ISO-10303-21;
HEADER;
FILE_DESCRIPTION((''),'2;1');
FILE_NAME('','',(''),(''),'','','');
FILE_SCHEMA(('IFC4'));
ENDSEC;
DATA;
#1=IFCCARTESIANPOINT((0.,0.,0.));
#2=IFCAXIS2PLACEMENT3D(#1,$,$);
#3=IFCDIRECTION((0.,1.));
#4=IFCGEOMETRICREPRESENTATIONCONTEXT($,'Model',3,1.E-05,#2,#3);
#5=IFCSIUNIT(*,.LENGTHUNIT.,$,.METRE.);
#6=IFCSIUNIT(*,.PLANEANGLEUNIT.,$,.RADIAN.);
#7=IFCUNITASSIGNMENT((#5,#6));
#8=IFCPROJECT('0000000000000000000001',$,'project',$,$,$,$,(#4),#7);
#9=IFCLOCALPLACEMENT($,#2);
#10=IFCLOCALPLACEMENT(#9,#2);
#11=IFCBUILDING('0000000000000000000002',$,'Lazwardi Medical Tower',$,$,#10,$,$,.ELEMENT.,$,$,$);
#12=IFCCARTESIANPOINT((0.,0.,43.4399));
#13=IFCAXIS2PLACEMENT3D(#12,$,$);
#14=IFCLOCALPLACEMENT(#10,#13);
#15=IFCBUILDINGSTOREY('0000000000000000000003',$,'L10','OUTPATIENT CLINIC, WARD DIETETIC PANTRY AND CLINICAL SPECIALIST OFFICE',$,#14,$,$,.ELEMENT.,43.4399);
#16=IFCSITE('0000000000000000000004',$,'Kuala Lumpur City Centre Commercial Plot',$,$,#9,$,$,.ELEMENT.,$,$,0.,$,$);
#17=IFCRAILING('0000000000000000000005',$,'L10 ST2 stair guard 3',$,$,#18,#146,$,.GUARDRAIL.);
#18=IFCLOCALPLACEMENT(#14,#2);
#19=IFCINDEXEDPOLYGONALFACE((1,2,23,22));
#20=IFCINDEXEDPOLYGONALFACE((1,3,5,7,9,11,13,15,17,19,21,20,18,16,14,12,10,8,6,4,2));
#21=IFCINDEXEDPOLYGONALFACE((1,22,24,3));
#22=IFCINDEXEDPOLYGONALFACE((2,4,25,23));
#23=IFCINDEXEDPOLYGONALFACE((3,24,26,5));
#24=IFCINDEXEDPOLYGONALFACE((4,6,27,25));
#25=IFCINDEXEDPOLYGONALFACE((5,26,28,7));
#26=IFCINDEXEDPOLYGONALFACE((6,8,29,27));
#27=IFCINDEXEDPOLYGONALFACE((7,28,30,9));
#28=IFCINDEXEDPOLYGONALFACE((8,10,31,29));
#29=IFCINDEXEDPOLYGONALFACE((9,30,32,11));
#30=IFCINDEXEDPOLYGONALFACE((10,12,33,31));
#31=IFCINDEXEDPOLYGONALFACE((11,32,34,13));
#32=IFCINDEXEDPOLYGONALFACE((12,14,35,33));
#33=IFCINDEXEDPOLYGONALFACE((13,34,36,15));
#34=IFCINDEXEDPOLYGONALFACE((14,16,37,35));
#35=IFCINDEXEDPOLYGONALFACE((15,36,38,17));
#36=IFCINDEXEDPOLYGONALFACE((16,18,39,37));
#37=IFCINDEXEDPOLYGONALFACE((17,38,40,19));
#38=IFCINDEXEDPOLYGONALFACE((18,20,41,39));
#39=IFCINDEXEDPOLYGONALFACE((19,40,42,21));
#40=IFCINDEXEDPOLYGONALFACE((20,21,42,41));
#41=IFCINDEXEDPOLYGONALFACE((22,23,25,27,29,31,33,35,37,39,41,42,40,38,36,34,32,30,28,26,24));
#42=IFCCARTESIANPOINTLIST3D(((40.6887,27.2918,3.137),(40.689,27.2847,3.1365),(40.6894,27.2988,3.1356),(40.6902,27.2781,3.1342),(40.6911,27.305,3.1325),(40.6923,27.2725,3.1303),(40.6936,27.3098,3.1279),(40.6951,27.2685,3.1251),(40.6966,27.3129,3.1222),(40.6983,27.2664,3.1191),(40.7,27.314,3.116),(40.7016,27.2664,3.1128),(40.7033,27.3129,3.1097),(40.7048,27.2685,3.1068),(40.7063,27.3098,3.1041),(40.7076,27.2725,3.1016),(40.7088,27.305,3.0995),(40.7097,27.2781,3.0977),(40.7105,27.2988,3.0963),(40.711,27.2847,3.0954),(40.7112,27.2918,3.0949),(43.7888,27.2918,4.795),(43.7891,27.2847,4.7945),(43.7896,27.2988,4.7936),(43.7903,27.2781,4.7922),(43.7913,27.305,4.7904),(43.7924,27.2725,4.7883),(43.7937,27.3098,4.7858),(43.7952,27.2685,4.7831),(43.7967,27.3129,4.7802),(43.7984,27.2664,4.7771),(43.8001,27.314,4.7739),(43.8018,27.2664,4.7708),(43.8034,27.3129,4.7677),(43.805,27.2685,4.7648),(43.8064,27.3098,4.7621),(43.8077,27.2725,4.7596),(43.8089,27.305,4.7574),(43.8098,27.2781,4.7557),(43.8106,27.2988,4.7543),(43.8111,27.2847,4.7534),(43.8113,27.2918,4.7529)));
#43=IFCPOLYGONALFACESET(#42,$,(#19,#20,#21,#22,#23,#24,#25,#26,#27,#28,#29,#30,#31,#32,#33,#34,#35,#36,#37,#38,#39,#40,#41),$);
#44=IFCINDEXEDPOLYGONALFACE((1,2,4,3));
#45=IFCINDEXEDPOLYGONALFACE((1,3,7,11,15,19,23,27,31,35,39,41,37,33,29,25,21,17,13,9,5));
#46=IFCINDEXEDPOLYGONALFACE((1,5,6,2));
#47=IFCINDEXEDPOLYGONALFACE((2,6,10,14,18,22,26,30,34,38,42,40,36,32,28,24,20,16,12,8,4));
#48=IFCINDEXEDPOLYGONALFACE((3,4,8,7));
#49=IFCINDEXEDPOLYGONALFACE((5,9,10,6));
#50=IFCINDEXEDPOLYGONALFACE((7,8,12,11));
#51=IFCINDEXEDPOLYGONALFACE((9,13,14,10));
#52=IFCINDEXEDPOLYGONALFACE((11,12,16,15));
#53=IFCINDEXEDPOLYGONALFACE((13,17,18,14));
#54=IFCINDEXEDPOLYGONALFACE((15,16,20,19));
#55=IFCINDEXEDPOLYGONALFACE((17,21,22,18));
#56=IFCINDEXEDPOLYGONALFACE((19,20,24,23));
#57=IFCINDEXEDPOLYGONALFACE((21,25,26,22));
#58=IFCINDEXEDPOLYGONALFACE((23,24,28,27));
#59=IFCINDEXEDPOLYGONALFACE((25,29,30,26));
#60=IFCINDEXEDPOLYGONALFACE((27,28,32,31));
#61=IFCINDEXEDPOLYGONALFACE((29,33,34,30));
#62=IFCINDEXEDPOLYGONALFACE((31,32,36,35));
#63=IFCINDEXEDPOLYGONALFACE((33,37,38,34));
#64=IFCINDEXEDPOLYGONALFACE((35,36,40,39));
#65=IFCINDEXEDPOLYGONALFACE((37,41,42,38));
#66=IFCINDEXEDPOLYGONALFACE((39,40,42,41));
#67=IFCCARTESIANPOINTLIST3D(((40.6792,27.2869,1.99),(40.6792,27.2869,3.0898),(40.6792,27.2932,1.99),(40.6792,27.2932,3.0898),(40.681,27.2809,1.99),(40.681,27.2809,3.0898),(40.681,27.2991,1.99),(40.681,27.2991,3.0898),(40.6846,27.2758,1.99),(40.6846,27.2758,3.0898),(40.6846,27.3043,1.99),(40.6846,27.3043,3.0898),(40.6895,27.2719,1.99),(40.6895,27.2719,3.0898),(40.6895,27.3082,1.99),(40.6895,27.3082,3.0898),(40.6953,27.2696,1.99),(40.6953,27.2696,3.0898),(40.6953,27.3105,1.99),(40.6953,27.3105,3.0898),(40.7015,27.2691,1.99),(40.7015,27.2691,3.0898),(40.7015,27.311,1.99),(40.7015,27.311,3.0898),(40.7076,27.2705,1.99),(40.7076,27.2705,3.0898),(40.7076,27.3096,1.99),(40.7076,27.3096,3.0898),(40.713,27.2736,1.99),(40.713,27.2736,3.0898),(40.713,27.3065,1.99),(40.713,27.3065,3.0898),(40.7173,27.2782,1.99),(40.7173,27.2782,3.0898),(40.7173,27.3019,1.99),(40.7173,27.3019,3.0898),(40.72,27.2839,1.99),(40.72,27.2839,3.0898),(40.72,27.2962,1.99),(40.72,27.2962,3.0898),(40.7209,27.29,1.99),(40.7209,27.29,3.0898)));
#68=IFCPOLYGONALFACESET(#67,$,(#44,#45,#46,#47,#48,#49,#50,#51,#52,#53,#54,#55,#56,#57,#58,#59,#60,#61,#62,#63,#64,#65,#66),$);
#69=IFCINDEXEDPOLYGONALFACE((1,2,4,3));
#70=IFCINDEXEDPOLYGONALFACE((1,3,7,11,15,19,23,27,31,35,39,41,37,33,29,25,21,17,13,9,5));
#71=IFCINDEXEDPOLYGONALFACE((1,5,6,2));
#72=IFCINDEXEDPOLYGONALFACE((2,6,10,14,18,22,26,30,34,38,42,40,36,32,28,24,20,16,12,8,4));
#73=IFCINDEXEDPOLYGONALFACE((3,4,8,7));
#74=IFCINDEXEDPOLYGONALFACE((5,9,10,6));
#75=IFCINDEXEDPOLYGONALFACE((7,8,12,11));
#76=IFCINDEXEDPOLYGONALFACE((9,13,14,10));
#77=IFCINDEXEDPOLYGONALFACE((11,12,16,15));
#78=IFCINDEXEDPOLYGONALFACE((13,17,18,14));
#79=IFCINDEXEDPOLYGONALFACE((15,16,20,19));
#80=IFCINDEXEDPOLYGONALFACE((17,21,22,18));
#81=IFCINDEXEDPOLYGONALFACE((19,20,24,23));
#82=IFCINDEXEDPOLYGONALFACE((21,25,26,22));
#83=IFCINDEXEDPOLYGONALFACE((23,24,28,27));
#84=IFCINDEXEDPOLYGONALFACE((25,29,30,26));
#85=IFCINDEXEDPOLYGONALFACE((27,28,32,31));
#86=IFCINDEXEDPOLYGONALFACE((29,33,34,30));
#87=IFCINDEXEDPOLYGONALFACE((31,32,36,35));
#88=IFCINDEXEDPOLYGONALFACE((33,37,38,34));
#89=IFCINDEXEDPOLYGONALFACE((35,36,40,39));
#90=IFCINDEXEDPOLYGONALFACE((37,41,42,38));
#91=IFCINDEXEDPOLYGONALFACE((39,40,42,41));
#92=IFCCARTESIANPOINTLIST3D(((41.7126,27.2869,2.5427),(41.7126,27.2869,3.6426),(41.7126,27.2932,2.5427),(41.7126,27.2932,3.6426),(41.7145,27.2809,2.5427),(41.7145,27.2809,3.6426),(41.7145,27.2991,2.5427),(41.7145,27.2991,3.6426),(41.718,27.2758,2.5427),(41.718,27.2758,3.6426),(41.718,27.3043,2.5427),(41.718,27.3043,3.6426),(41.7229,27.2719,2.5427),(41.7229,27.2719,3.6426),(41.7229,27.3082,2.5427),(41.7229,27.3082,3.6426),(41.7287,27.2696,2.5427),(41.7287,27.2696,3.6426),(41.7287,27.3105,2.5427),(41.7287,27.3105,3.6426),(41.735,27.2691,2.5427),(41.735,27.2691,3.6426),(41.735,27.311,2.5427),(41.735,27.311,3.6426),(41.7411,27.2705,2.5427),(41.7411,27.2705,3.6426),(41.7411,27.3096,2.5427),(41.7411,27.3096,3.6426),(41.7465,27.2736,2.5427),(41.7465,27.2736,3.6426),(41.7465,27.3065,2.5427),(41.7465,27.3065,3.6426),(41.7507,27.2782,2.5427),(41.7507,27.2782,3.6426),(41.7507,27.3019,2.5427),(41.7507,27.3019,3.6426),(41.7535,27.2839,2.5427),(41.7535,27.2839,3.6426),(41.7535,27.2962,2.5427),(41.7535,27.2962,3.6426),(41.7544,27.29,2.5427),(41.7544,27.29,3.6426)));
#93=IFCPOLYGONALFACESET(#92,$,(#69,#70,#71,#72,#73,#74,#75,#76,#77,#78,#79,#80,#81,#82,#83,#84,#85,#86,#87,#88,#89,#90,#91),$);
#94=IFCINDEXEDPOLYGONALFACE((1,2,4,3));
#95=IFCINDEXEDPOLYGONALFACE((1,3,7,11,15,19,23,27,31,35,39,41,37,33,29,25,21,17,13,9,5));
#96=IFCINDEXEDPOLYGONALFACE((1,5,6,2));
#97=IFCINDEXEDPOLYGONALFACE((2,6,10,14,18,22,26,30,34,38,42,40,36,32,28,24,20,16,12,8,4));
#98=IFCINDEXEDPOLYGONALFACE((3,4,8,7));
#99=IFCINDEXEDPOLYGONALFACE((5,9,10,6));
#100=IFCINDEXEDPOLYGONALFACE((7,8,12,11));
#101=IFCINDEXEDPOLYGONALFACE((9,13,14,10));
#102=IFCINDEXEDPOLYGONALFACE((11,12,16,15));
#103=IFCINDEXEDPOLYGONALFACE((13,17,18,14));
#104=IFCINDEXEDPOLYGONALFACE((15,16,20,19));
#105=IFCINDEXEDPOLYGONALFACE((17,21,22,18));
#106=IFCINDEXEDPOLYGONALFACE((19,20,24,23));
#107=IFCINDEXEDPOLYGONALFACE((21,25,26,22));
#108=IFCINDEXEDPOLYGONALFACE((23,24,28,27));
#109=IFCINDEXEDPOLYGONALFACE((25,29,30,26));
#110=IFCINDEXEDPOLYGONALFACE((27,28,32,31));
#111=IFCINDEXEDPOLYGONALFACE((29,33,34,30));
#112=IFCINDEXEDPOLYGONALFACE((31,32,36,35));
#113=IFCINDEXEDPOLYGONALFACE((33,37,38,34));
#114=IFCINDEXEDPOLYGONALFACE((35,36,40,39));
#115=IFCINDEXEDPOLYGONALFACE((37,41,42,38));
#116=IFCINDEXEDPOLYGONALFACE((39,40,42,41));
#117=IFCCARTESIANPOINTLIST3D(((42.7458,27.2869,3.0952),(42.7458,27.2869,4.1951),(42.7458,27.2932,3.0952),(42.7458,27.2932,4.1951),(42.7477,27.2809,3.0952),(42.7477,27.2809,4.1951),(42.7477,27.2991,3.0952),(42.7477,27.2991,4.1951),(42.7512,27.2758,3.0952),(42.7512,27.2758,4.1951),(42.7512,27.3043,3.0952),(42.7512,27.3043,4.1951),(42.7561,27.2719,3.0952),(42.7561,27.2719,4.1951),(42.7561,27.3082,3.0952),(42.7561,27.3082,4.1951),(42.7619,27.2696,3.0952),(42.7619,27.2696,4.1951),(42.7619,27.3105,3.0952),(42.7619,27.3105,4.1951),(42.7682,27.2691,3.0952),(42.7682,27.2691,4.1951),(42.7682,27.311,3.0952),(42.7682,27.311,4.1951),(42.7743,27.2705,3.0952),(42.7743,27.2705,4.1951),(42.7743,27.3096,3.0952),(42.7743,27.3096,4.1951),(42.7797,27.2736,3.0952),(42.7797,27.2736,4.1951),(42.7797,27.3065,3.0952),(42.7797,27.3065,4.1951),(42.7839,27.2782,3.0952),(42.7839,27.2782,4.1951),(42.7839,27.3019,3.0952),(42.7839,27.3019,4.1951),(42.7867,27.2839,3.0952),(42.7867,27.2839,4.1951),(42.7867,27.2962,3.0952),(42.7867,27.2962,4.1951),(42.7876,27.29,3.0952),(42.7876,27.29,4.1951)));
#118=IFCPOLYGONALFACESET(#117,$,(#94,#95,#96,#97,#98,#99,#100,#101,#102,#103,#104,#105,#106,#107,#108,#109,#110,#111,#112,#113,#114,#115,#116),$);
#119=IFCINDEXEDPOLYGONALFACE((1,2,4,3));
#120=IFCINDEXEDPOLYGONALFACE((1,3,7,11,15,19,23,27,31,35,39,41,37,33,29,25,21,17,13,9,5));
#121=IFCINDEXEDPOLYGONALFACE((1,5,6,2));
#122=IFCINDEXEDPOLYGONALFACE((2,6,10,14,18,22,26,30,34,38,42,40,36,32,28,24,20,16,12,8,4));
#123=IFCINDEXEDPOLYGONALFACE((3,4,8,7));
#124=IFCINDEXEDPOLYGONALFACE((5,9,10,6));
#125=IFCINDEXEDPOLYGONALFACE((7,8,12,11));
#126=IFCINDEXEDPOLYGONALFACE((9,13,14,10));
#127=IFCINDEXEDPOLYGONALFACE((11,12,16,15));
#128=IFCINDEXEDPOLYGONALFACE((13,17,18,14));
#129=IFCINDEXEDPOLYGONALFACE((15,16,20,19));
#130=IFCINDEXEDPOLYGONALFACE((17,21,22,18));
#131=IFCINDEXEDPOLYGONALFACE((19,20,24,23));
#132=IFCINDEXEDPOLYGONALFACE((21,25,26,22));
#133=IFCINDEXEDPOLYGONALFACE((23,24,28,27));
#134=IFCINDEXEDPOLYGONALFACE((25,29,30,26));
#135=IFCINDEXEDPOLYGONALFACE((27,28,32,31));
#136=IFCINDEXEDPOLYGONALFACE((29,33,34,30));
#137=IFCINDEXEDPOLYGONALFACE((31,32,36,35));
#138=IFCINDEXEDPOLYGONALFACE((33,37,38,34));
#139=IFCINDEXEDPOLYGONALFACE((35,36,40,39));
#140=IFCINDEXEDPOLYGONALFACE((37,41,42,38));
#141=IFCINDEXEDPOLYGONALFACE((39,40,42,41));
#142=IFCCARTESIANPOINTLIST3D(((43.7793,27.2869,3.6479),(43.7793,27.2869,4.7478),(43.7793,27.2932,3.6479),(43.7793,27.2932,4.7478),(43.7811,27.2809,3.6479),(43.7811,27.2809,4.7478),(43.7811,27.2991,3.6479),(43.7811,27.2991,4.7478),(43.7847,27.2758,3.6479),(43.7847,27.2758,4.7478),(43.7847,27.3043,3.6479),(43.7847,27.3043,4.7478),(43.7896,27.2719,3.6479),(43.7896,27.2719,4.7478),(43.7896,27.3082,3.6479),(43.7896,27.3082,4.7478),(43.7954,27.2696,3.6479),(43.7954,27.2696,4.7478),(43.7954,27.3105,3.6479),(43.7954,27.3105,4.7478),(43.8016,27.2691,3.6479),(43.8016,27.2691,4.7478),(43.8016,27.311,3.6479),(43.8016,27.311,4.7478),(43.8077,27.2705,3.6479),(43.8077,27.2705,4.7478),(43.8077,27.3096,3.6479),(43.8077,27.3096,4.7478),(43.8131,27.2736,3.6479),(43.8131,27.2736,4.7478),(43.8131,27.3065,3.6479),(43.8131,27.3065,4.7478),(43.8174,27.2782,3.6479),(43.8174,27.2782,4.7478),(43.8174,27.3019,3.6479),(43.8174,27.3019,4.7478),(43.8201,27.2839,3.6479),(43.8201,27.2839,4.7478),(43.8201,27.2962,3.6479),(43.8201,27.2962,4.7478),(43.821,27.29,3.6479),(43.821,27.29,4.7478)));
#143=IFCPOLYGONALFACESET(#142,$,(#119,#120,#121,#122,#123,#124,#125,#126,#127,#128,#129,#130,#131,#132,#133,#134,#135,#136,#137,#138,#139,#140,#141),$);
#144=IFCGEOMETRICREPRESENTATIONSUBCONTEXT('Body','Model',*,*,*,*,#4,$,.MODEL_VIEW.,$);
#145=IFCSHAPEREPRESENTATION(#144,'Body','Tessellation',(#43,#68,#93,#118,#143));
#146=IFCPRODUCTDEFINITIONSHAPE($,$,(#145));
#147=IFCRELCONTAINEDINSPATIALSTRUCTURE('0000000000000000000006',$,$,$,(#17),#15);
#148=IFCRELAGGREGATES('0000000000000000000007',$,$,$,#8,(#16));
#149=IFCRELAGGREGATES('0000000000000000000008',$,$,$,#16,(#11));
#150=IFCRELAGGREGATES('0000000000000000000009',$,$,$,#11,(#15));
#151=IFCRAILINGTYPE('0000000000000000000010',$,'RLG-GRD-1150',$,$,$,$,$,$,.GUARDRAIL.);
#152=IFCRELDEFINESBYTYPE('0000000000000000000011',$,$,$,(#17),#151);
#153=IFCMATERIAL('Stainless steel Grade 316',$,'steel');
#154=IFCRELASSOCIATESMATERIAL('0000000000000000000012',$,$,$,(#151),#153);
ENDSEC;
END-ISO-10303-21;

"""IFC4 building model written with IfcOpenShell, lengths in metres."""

from ifc_helpers import new_model, si_unit, direction, frame, origin, origin_2d, place, context, subcontext, project, spatial, circle, extrude, material, type_object, element, save


model = new_model("IFC4")

# Units and contexts
model_context = context("Model", 3, precision=1e-05, world=origin(), true_north=direction((0.0, 1.0)))
body_context = subcontext(model_context, "Body", "Model", "MODEL_VIEW")
ifc_project = project(units=[si_unit("LENGTHUNIT", "METRE"), si_unit("PLANEANGLEUNIT", "RADIAN")], contexts=[model_context])

# Site, building, storey
site_placement = place(None, origin())
site = spatial("IfcSite", under=ifc_project, at=site_placement, Name="Kuala Lumpur City Centre Commercial Plot", CompositionType="ELEMENT", RefElevation=0.0)
building_placement = place(site_placement, origin())
building = spatial("IfcBuilding", under=site, at=building_placement, Name="Lazwardi Medical Tower", CompositionType="ELEMENT")
storey_placement = place(building_placement, frame((0.0, 0.0, 43.4399)))
storey = spatial("IfcBuildingStorey", under=building, at=storey_placement, Name="L10", Description="OUTPATIENT CLINIC, WARD DIETETIC PANTRY AND CLINICAL SPECIALIST OFFICE", CompositionType="ELEMENT", Elevation=43.4399)

# Railing
ifc_material_1 = material(Name="Stainless steel Grade 316", Category="steel")
railing_type_1 = type_object("IfcRailingType", Name="RLG-GRD-1150", PredefinedType="GUARDRAIL", material=ifc_material_1)
railing_1_placement = place(storey_placement, frame((40.7, 27.29, 1.99)))
element("IfcRailing", 1, at=railing_1_placement, inside=storey, type_object=railing_type_1, Name="L10 ST2 stair guard 3", PredefinedType="GUARDRAIL", context=body_context, shape_type="SweptSolid", body=[
    extrude(circle(Radius=0.0239, at=origin_2d()), frame((0.0, 0.0, 1.126), z_axis=(0.881812, 0.0, 0.471601), x_axis=(0.0, 1.0, 0.0)), (0.0, 0.0, 1.0), 3.5156),
    extrude(circle(Radius=0.021, at=origin_2d()), origin(), (0.0, 0.0, 1.0), 1.0999),
    extrude(circle(Radius=0.021, at=origin_2d()), frame((1.0334, 0.0, 0.5527)), (0.0, 0.0, 1.0), 1.0999),
    extrude(circle(Radius=0.021, at=origin_2d()), frame((2.0667, 0.0, 1.1052)), (0.0, 0.0, 1.0), 1.0999),
    extrude(circle(Radius=0.021, at=origin_2d()), frame((3.1001, 0.0, 1.658)), (0.0, 0.0, 1.0), 1.0999),
])

save(model, "model.ifc")
